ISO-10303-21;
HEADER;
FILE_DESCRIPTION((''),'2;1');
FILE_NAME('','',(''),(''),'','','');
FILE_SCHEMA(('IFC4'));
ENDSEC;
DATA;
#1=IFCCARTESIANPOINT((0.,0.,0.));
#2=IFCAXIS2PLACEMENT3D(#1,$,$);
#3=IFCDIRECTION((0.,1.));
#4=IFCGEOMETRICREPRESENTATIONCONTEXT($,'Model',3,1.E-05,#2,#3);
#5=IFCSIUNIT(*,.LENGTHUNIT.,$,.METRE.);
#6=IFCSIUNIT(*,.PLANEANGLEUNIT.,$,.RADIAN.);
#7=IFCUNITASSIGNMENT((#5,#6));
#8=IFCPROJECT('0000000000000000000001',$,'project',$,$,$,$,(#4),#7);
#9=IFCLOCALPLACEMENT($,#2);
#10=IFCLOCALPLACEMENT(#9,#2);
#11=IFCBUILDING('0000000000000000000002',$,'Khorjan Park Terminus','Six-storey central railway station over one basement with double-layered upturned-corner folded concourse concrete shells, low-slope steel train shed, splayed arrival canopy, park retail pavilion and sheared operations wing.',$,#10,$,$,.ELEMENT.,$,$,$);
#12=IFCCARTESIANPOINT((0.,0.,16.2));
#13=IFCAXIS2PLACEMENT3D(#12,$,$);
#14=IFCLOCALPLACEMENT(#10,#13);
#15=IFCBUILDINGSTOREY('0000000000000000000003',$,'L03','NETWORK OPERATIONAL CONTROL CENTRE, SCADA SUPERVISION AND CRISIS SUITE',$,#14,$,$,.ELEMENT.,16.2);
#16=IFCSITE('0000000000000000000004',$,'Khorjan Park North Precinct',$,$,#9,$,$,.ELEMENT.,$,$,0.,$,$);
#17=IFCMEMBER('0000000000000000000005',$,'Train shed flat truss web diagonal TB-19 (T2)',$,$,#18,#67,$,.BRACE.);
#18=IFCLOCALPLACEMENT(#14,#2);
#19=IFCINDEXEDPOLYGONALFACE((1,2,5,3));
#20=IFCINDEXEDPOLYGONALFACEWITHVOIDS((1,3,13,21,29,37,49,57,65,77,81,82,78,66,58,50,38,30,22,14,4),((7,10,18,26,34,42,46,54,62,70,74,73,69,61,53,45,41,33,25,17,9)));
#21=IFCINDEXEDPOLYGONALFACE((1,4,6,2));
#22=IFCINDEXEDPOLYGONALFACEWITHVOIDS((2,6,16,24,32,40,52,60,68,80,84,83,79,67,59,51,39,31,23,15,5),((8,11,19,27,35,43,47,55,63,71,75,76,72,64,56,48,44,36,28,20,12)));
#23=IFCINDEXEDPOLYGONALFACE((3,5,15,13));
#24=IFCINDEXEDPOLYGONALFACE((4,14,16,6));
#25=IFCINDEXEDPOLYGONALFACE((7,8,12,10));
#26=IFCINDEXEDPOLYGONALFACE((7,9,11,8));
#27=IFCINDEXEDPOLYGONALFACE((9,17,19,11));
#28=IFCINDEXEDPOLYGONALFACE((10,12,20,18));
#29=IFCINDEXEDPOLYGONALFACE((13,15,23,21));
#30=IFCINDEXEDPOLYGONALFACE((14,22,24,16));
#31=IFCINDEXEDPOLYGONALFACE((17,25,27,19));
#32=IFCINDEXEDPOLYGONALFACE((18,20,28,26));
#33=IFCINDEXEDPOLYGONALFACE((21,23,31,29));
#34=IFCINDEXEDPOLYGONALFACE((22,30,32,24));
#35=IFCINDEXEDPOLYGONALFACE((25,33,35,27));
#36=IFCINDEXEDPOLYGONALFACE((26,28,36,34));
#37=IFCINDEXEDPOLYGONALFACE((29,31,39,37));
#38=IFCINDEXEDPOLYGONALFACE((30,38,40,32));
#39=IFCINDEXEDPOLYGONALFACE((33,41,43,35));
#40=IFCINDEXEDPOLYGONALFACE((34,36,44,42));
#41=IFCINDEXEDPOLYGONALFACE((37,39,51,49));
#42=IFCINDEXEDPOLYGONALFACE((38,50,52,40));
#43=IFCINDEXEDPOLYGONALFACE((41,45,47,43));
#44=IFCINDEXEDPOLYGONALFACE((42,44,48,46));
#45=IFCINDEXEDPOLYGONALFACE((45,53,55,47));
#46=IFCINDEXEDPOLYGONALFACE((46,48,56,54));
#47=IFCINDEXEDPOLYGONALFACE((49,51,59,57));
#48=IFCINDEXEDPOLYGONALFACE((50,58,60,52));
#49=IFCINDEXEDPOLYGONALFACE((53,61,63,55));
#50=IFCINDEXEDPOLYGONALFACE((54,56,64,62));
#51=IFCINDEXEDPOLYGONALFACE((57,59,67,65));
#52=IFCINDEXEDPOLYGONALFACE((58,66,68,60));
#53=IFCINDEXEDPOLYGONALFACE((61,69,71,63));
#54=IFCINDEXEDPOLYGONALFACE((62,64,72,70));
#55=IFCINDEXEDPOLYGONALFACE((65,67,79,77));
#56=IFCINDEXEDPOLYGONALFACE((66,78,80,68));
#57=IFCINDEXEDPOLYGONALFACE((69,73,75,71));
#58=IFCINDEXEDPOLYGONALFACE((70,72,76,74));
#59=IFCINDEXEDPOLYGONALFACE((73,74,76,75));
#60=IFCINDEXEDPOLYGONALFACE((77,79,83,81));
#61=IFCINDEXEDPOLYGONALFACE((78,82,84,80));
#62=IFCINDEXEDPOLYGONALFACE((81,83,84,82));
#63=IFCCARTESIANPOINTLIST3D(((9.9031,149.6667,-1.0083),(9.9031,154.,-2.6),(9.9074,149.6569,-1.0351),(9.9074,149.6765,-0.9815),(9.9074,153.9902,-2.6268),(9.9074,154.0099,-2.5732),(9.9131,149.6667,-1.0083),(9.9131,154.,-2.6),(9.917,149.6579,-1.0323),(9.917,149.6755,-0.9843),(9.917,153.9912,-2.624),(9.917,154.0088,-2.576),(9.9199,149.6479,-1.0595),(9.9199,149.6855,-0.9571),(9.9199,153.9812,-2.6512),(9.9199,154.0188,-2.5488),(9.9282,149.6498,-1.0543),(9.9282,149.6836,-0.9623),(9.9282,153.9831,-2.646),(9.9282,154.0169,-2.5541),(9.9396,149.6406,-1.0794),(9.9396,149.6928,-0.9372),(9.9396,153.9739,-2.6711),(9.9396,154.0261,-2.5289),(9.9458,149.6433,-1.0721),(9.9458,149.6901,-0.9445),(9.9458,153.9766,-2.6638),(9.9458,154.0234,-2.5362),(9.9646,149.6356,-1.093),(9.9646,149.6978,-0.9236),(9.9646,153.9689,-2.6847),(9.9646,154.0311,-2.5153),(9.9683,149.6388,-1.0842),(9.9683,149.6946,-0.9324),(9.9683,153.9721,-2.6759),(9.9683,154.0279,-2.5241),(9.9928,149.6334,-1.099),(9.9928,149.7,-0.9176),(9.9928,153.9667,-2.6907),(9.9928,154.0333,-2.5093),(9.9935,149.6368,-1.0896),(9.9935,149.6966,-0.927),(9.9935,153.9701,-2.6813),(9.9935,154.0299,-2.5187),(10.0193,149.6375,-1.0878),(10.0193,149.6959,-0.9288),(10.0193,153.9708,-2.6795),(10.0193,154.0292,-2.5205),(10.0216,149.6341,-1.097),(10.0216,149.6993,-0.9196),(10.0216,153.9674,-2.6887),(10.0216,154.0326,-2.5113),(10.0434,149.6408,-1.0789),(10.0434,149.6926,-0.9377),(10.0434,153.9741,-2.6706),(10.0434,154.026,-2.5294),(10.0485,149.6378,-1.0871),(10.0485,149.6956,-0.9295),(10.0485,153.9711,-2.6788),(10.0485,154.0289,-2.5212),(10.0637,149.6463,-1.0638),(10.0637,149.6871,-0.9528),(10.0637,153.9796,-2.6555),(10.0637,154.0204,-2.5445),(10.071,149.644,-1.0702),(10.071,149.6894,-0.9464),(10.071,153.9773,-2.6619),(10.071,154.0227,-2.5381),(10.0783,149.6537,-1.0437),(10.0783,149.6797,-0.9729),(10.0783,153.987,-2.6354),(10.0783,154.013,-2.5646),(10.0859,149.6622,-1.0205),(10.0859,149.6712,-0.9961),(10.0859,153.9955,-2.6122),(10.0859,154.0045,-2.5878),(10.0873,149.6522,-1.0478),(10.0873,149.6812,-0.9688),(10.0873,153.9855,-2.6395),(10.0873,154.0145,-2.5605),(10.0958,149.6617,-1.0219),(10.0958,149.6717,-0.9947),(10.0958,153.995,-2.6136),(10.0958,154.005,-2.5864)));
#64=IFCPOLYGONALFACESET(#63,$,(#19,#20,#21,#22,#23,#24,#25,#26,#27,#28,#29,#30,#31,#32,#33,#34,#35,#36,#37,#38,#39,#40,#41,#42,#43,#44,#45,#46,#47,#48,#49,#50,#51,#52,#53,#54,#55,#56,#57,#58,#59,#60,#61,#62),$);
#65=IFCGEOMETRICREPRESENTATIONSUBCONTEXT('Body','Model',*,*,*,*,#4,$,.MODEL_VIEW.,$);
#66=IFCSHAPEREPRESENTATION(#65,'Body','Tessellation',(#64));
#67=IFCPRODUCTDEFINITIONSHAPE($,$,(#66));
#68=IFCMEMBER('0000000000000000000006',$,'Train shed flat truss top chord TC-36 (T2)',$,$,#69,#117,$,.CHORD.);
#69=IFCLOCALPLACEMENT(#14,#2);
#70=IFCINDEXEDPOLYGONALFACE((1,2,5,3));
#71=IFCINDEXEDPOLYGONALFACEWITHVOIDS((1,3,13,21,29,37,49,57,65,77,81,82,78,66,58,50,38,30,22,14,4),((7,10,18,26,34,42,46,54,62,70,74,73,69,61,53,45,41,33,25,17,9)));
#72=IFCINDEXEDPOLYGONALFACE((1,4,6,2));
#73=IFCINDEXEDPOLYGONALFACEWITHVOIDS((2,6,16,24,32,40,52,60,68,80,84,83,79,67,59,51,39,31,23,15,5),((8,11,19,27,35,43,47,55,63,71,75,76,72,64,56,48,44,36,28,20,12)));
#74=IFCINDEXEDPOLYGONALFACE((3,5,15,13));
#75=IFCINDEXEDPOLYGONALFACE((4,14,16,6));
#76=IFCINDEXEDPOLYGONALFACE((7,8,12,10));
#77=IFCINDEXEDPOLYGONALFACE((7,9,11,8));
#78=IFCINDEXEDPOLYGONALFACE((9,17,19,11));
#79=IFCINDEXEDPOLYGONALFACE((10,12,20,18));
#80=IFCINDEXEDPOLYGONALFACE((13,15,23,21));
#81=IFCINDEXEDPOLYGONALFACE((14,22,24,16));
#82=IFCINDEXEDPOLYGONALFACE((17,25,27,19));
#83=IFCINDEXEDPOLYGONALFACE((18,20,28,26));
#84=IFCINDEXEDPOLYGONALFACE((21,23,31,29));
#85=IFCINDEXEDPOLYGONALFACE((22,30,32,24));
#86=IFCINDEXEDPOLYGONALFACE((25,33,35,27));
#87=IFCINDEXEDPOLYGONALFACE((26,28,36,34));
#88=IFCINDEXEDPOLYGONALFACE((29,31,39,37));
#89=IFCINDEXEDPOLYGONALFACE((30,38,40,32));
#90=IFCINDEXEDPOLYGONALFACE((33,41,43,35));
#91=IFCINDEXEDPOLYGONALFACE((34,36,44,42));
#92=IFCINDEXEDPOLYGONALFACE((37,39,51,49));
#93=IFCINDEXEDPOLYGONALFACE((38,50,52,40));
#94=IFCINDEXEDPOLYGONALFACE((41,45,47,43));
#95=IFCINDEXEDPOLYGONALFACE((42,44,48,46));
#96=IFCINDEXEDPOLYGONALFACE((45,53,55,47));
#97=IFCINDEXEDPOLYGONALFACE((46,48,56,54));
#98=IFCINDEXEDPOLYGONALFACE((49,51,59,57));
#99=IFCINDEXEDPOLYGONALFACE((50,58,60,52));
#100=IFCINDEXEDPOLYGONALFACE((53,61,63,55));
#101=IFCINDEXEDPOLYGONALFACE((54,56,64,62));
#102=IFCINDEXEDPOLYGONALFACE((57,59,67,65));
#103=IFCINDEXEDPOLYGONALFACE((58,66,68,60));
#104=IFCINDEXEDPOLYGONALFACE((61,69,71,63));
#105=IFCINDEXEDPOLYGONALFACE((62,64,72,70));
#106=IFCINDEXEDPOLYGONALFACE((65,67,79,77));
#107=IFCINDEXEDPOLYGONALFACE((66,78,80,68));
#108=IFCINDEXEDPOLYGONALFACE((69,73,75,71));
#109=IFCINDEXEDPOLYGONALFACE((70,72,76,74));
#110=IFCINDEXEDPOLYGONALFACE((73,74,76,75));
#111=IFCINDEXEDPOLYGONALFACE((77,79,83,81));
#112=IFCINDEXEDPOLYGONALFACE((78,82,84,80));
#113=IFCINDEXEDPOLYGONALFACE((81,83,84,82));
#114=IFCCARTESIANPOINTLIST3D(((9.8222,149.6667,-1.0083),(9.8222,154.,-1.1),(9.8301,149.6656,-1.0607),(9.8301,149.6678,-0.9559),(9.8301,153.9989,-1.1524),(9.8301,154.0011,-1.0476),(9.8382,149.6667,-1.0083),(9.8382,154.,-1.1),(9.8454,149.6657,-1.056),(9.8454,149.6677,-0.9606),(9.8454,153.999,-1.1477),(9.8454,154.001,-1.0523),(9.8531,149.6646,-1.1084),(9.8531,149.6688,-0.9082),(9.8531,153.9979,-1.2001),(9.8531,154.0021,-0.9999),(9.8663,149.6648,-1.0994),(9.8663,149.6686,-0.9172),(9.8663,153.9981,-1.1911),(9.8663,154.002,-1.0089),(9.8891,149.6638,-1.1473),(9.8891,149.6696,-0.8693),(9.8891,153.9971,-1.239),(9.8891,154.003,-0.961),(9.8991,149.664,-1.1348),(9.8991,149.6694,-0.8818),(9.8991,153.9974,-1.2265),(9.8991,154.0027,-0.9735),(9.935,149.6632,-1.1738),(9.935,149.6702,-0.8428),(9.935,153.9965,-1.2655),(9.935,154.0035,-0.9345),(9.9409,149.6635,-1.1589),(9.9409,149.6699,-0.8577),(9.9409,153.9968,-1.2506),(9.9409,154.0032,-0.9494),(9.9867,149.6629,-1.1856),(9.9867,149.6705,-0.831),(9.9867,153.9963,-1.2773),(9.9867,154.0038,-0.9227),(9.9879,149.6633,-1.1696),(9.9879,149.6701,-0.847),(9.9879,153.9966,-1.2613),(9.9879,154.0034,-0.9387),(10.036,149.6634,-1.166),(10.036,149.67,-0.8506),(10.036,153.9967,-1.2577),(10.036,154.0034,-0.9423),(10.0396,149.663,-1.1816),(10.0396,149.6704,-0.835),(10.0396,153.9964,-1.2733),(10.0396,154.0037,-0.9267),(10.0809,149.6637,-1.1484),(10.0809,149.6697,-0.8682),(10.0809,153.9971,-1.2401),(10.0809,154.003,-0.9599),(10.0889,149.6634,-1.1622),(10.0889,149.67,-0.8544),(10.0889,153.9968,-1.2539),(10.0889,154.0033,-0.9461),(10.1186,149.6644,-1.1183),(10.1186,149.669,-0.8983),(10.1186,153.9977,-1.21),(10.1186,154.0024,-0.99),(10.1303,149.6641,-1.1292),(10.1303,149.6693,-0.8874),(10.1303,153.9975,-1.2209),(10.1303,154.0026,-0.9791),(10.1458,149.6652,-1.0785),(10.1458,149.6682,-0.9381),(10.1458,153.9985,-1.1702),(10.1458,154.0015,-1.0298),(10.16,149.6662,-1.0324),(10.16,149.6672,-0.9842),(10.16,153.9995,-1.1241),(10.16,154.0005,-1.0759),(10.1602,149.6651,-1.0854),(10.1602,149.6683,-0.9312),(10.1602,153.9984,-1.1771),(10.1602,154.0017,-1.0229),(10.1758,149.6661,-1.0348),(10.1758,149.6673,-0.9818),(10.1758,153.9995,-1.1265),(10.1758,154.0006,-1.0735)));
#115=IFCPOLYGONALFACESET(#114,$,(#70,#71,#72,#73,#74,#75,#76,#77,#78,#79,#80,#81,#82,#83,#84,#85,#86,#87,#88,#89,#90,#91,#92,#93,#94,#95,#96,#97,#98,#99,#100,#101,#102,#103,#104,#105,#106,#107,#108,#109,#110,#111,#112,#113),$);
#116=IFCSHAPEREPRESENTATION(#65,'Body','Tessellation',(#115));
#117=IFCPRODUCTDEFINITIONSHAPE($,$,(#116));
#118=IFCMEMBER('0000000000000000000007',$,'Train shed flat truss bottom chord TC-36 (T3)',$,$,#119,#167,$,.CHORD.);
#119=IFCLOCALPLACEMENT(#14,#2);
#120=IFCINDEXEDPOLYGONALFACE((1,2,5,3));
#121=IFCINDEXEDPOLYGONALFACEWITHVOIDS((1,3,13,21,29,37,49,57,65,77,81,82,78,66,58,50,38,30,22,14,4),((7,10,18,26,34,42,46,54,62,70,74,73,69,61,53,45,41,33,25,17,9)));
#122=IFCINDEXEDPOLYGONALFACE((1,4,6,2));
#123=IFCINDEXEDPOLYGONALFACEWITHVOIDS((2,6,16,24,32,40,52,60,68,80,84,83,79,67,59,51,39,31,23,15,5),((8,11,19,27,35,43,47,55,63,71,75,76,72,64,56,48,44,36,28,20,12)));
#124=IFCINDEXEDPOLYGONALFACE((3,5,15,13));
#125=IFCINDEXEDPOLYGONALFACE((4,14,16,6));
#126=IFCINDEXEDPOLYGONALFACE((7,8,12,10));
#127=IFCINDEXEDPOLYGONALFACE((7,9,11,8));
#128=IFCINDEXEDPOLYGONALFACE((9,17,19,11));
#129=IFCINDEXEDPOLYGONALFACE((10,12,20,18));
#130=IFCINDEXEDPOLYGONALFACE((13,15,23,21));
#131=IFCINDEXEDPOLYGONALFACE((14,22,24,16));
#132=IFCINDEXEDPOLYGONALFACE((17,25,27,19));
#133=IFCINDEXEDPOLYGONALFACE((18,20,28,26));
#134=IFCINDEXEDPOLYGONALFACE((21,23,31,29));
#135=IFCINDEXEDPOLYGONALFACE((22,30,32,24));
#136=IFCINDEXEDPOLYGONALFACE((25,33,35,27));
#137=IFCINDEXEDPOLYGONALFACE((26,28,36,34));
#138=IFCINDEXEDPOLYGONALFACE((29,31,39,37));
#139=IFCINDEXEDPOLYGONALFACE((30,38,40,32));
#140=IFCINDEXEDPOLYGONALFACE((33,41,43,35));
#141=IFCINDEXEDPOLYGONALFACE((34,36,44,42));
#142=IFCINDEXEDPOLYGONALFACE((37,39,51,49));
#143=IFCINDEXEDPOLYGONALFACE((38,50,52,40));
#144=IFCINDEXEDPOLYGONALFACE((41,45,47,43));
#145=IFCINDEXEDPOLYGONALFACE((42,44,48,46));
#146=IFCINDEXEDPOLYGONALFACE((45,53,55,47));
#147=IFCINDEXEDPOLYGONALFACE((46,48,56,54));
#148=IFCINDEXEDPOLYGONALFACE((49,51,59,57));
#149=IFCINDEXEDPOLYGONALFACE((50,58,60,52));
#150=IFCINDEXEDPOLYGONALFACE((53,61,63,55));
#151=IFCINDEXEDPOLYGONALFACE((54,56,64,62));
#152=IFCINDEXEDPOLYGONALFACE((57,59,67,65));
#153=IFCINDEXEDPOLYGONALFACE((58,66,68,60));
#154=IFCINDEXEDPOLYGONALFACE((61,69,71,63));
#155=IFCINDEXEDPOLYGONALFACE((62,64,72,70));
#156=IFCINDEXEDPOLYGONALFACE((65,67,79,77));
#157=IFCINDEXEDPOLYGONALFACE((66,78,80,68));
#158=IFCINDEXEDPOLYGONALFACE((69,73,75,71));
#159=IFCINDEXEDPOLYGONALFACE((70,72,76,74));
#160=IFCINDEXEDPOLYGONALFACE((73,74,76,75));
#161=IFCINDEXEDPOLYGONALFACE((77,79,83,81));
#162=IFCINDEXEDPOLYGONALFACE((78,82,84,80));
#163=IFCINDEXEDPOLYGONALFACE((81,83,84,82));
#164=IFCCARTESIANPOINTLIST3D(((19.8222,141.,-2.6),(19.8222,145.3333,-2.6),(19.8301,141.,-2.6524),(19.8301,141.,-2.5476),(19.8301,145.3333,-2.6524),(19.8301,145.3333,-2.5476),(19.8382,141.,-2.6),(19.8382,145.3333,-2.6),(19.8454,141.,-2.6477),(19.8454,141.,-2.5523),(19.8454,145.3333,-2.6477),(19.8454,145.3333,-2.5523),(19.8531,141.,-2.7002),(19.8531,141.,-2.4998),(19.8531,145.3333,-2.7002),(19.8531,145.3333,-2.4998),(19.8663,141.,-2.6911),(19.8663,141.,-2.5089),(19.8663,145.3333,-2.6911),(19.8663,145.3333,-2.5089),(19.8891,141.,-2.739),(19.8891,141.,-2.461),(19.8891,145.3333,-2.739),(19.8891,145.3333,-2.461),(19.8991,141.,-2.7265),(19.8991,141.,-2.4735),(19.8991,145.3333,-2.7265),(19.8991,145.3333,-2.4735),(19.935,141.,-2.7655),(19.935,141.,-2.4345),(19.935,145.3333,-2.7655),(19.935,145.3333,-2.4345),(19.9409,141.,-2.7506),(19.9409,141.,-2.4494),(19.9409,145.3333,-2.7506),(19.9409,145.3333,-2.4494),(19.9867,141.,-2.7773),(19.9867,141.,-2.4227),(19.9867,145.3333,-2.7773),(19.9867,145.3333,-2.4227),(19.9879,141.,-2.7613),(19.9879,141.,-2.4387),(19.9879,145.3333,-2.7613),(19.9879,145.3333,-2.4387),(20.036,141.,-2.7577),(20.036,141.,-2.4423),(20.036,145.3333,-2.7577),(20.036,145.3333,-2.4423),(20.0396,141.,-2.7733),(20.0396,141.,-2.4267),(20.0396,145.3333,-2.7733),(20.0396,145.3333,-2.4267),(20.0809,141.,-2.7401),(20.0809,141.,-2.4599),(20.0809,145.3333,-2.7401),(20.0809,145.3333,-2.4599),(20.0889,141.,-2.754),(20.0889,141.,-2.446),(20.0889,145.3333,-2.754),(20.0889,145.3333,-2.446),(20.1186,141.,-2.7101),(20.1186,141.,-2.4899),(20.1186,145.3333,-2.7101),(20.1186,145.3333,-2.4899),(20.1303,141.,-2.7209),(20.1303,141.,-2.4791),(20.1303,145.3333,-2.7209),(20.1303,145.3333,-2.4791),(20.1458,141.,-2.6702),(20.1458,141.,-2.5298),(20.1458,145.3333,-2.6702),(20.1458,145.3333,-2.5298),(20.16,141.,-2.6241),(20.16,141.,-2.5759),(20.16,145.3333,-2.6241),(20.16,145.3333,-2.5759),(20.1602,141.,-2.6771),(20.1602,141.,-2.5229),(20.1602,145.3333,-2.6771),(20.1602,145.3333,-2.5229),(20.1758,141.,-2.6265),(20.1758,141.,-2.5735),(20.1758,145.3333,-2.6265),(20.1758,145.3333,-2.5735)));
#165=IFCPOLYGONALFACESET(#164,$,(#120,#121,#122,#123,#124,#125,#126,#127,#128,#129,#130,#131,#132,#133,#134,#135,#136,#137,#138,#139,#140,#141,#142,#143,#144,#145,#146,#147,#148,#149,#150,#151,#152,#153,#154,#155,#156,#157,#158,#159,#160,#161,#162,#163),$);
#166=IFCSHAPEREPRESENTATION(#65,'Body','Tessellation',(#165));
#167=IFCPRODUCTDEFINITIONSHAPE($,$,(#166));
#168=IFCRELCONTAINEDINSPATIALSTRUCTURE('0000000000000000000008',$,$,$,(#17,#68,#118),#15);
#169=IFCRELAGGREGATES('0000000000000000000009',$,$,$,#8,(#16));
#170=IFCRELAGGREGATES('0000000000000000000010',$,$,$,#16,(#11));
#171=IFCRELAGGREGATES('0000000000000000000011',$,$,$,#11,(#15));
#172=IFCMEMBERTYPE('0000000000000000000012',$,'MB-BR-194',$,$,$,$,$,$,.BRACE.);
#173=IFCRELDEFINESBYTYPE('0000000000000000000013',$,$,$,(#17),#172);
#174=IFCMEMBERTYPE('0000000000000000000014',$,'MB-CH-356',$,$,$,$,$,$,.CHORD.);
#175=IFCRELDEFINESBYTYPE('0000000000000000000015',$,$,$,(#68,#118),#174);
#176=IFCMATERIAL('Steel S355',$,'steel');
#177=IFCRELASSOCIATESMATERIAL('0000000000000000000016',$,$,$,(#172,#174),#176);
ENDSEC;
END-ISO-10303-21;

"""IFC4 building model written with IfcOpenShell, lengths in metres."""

from ifc_helpers import new_model, si_unit, direction, frame, origin, origin_2d, place, context, subcontext, project, spatial, hollow_circle, extrude, material, material_profile, profile_set, type_object, element, save


model = new_model("IFC4")

# Units and contexts
model_context = context("Model", 3, precision=1e-05, world=origin(), true_north=direction((0.0, 1.0)))
body_context = subcontext(model_context, "Body", "Model", "MODEL_VIEW")
ifc_project = project(units=[si_unit("LENGTHUNIT", "METRE"), si_unit("PLANEANGLEUNIT", "RADIAN")], contexts=[model_context])

# Site, building, storey
site_placement = place(None, origin())
site = spatial("IfcSite", under=ifc_project, at=site_placement, Name="Khorjan Park North Precinct", CompositionType="ELEMENT", RefElevation=0.0)
building_placement = place(site_placement, origin())
building = spatial("IfcBuilding", under=site, at=building_placement, Name="Khorjan Park Terminus", Description="Six-storey central railway station over one basement with double-layered upturned-corner folded concourse concrete shells, low-slope steel train shed, splayed arrival canopy, park retail pavilion and sheared operations wing.", CompositionType="ELEMENT")
storey_placement = place(building_placement, frame((0.0, 0.0, 16.2)))
storey = spatial("IfcBuildingStorey", under=building, at=storey_placement, Name="L03", Description="NETWORK OPERATIONAL CONTROL CENTRE, SCADA SUPERVISION AND CRISIS SUITE", CompositionType="ELEMENT", Elevation=16.2)

# Members
ifc_material = material(Name="Steel S355", Category="steel")
ifc_material_profile_1 = material_profile(ifc_material, hollow_circle(Radius=0.0969, WallThickness=0.01, at=origin_2d()), Name="CHS 193.7x10")
ifc_profile_set_1 = profile_set([ifc_material_profile_1], Name="Steel S355")
member_type_1 = type_object("IfcMemberType", Name="MB-BR-194", PredefinedType="BRACE", material=ifc_profile_set_1)
member_1_placement = place(storey_placement, frame((10.0, 149.6667, -1.0083), z_axis=(0.0, 0.938678, -0.344794), x_axis=(-1.0, 0.0, 0.0)))
element("IfcMember", 1, at=member_1_placement, inside=storey, type_object=member_type_1, Name="Train shed flat truss web diagonal TB-19 (T2)", PredefinedType="BRACE", context=body_context, shape_type="SweptSolid", body=[
    extrude(hollow_circle(Radius=0.0969, WallThickness=0.01, at=origin_2d()), origin(), (0.0, 0.0, 1.0), 4.6164),
])
ifc_material_profile_2 = material_profile(ifc_material, hollow_circle(Radius=0.1778, WallThickness=0.016, at=origin_2d()), Name="CHS 355.6x16")
ifc_profile_set_2 = profile_set([ifc_material_profile_2], Name="Steel S355")
member_type_2 = type_object("IfcMemberType", Name="MB-CH-356", PredefinedType="CHORD", material=ifc_profile_set_2)
member_2_placement = place(storey_placement, frame((10.0, 149.6667, -1.0083), z_axis=(0.0, 0.999776, -0.021157), x_axis=(-1.0, 0.0, 0.0)))
element("IfcMember", 2, at=member_2_placement, inside=storey, type_object=member_type_2, Name="Train shed flat truss top chord TC-36 (T2)", PredefinedType="CHORD", context=body_context, shape_type="SweptSolid", body=[
    extrude(hollow_circle(Radius=0.1778, WallThickness=0.016, at=origin_2d()), origin(), (0.0, 0.0, 1.0), 4.3343),
])
member_3_placement = place(storey_placement, frame((20.0, 141.0, -2.6), z_axis=(0.0, 1.0, 0.0), x_axis=(-1.0, 0.0, 0.0)))
element("IfcMember", 3, at=member_3_placement, inside=storey, type_object=member_type_2, Name="Train shed flat truss bottom chord TC-36 (T3)", PredefinedType="CHORD", context=body_context, shape_type="SweptSolid", body=[
    extrude(hollow_circle(Radius=0.1778, WallThickness=0.016, at=origin_2d()), origin(), (0.0, 0.0, 1.0), 4.3333),
])

save(model, "model.ifc")
